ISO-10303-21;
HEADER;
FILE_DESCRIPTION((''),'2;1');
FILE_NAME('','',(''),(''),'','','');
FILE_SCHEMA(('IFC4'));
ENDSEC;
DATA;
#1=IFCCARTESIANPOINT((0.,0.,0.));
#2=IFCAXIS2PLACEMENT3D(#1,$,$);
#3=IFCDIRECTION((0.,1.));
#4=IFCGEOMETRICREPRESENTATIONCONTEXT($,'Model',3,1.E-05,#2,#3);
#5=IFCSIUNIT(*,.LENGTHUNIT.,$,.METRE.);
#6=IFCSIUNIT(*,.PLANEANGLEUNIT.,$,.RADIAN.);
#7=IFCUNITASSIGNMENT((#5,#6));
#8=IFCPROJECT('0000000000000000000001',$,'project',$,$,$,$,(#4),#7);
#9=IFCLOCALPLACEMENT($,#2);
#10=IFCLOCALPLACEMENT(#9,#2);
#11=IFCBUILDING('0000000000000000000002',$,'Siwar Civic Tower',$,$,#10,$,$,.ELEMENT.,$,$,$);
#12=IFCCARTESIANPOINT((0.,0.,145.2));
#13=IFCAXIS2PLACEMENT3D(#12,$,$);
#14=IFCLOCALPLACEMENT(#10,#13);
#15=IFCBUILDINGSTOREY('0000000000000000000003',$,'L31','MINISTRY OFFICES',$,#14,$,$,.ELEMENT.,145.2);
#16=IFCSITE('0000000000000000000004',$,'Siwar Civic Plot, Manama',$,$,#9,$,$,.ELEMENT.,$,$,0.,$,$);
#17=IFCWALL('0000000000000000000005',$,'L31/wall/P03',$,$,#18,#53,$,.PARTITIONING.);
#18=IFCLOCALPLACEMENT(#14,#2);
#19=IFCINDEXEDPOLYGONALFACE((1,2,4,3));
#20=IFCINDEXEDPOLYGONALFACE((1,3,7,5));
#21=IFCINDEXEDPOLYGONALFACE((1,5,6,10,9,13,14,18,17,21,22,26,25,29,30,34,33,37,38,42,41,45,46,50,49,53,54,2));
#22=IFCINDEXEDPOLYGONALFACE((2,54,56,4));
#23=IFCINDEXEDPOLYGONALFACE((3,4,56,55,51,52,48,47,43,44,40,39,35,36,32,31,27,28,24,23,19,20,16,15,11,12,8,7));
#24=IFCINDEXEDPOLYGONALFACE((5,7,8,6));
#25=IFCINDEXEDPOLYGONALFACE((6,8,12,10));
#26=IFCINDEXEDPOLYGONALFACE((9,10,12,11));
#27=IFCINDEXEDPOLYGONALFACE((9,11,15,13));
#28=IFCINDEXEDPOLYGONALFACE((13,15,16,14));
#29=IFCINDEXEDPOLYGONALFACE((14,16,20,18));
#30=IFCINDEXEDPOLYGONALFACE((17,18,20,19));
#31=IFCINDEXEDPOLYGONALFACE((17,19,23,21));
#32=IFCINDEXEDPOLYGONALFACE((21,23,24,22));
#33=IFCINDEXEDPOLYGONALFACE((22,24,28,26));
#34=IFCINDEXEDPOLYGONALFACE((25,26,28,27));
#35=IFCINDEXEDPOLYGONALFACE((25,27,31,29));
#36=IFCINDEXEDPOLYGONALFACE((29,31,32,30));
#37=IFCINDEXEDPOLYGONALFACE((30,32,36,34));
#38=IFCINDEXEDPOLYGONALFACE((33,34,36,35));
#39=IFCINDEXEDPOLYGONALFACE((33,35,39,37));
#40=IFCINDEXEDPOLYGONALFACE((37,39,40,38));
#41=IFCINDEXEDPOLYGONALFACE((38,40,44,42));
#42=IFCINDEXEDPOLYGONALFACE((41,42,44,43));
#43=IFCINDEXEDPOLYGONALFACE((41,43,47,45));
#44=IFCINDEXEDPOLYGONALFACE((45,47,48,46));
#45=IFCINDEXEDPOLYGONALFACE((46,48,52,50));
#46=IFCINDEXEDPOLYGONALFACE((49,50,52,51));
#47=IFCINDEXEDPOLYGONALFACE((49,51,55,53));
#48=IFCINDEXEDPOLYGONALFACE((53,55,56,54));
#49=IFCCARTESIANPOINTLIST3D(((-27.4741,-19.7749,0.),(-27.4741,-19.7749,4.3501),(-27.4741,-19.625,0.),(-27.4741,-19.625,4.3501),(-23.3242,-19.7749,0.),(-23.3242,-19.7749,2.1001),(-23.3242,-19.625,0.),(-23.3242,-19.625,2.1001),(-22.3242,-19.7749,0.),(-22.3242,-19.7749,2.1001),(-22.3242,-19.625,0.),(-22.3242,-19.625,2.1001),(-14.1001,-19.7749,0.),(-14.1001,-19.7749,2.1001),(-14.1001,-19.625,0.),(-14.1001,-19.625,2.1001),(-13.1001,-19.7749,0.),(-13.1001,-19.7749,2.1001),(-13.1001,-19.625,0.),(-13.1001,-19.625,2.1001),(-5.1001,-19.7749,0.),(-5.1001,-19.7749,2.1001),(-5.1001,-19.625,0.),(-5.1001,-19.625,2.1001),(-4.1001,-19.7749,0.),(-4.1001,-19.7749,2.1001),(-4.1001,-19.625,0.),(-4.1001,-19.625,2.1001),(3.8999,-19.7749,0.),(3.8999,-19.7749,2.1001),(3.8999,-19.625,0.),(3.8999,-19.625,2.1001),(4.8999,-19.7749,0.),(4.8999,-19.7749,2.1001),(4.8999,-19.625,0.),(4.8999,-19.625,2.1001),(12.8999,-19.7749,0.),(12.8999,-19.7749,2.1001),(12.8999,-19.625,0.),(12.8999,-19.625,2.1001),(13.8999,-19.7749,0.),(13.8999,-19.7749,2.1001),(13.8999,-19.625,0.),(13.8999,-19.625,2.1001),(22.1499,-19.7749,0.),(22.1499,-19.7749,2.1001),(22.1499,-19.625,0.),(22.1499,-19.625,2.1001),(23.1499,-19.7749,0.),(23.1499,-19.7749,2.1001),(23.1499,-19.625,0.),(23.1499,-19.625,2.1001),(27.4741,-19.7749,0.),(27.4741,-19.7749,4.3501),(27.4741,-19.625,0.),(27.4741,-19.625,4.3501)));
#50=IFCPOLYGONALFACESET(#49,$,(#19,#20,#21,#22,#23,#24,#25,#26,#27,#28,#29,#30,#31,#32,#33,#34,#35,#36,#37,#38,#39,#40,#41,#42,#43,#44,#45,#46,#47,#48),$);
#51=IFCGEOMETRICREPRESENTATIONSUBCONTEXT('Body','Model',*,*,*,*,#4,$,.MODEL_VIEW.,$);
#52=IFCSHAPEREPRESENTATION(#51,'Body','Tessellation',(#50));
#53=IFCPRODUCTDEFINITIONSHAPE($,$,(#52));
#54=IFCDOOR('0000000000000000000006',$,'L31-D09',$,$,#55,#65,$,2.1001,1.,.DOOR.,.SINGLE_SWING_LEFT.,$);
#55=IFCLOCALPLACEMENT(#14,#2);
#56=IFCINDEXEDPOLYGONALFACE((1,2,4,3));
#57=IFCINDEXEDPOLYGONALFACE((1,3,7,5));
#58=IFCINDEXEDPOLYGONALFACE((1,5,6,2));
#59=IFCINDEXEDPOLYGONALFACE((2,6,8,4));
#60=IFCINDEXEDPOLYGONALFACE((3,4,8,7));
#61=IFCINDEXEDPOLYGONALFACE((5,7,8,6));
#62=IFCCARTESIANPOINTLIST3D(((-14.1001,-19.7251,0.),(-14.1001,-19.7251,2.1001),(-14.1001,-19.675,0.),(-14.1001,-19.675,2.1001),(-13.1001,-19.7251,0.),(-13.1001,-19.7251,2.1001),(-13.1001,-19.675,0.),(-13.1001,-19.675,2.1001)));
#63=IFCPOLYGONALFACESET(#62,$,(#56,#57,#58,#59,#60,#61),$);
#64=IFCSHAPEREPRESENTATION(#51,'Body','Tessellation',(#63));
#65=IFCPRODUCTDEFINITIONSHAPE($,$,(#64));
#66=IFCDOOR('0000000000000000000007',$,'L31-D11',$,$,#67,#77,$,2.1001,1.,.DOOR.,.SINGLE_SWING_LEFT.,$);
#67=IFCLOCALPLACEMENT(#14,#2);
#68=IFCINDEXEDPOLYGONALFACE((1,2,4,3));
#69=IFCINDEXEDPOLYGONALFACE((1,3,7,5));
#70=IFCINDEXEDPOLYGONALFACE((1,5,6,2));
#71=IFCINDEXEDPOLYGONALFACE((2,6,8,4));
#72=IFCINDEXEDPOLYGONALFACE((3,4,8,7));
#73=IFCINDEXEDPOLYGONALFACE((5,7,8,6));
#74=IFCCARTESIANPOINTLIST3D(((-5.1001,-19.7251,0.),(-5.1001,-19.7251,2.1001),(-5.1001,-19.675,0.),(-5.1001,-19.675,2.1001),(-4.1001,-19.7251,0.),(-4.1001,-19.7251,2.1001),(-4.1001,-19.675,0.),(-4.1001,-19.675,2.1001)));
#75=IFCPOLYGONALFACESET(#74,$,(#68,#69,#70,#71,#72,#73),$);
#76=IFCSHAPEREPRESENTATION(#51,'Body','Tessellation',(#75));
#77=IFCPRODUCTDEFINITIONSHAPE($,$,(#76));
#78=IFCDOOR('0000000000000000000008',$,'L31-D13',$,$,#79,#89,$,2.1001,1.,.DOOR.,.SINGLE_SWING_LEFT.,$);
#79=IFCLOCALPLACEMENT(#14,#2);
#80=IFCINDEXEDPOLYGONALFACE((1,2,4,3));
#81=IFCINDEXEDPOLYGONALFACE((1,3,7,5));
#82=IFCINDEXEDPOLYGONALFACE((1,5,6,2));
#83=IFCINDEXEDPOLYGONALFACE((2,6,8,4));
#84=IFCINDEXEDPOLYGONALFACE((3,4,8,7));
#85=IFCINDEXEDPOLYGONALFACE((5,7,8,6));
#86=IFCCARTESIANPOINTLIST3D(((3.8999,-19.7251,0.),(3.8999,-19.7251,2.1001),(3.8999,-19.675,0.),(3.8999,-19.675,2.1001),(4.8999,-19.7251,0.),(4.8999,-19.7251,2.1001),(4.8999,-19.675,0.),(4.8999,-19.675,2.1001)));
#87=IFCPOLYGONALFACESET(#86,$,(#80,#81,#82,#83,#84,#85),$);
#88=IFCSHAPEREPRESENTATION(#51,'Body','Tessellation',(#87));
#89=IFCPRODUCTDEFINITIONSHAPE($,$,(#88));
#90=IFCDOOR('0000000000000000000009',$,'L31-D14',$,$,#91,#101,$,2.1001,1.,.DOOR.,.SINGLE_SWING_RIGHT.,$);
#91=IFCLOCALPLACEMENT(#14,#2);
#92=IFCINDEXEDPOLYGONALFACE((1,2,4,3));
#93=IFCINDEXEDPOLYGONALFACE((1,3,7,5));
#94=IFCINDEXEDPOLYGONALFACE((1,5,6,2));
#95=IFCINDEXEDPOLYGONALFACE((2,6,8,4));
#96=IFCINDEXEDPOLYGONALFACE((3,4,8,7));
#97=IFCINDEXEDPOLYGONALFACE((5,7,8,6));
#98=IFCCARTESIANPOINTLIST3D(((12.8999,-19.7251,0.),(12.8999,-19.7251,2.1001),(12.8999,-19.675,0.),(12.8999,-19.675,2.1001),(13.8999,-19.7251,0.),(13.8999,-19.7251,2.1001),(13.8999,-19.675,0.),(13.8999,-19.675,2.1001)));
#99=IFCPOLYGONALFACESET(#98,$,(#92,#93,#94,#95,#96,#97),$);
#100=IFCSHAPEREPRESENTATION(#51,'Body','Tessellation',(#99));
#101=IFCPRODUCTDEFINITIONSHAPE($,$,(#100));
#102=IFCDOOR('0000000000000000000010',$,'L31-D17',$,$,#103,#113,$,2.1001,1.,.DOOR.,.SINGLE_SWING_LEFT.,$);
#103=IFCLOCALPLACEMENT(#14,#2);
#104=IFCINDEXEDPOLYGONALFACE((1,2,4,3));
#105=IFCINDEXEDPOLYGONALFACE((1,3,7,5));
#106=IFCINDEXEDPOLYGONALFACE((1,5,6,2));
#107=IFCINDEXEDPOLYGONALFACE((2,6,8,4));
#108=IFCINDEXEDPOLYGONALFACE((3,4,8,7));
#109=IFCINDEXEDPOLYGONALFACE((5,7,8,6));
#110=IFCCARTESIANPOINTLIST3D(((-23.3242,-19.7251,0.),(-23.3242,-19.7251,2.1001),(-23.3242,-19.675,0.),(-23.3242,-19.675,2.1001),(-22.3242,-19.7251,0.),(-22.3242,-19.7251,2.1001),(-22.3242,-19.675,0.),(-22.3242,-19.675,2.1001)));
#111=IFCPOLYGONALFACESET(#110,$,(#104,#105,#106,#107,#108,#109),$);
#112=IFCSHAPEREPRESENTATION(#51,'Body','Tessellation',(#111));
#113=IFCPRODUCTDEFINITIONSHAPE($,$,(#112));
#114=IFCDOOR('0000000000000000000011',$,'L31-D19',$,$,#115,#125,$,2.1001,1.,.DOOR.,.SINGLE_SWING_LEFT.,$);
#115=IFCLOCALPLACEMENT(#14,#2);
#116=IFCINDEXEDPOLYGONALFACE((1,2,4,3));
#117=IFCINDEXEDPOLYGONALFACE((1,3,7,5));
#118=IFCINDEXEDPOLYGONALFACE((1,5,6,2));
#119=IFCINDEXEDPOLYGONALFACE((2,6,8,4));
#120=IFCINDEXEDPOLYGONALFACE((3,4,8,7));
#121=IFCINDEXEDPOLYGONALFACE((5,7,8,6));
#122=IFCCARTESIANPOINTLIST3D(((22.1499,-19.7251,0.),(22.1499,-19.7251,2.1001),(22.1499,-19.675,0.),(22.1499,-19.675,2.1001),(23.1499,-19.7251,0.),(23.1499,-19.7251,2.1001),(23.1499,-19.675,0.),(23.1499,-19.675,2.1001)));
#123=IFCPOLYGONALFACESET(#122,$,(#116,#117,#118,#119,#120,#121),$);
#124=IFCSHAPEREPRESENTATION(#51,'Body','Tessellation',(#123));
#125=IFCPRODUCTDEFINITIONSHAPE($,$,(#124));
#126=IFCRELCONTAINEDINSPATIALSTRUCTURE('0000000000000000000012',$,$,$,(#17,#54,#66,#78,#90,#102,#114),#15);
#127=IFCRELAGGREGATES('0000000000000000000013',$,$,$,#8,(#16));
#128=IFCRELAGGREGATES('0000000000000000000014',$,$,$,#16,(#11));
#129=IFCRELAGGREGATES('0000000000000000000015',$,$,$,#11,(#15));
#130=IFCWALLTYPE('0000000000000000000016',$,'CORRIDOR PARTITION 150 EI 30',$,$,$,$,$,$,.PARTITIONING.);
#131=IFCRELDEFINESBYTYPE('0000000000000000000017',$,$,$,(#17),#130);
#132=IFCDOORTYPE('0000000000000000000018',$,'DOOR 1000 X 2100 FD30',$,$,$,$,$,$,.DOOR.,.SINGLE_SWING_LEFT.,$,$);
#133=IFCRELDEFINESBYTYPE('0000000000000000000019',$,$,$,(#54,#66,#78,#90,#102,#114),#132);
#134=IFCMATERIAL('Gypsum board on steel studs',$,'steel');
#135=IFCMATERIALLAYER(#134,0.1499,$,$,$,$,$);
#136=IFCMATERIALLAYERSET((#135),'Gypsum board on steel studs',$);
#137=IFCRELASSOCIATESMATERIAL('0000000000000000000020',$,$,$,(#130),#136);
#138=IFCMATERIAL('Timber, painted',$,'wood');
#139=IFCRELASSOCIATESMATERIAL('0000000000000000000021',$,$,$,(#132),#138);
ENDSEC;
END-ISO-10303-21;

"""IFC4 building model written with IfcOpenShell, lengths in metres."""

from ifc_helpers import new_model, si_unit, direction, frame, frame_2d, origin, place, context, subcontext, project, spatial, rectangle, extrude, material, layer, layer_set, type_object, element, fill, save


model = new_model("IFC4")

# Units and contexts
model_context = context("Model", 3, precision=1e-05, world=origin(), true_north=direction((0.0, 1.0)))
body_context = subcontext(model_context, "Body", "Model", "MODEL_VIEW")
ifc_project = project(units=[si_unit("LENGTHUNIT", "METRE"), si_unit("PLANEANGLEUNIT", "RADIAN")], contexts=[model_context])

# Site, building, storey
site_placement = place(None, origin())
site = spatial("IfcSite", under=ifc_project, at=site_placement, Name="Siwar Civic Plot, Manama", CompositionType="ELEMENT", RefElevation=0.0)
building_placement = place(site_placement, origin())
building = spatial("IfcBuilding", under=site, at=building_placement, Name="Siwar Civic Tower", CompositionType="ELEMENT")
storey_placement = place(building_placement, frame((0.0, 0.0, 145.2)))
storey = spatial("IfcBuildingStorey", under=building, at=storey_placement, Name="L31", Description="MINISTRY OFFICES", CompositionType="ELEMENT", Elevation=145.2)

# Wall, openings, doors
ifc_material_1 = material(Name="Gypsum board on steel studs", Category="steel")
ifc_layer_1 = layer(ifc_material_1, 0.1499)
ifc_layer_set_1 = layer_set([ifc_layer_1], Name="Gypsum board on steel studs")
wall_type_1 = type_object("IfcWallType", Name="CORRIDOR PARTITION 150 EI 30", PredefinedType="PARTITIONING", material=ifc_layer_set_1)
wall_1_placement = place(storey_placement, frame((-27.4741, -19.7, 0.0), z_axis=(0.0, 0.0, 1.0), x_axis=(1.0, 0.0, 0.0)))
wall_1 = element("IfcWall", 1, at=wall_1_placement, inside=storey, type_object=wall_type_1, Name="L31/wall/P03", PredefinedType="PARTITIONING", context=body_context, shape_type="SweptSolid", body=[
    extrude(rectangle(XDim=54.9482, YDim=0.1499, at=frame_2d((27.4741, 0.0))), origin(), (0.0, 0.0, 1.0), 4.3501),
])
opening_1_placement = place(wall_1_placement, frame((13.374, 0.0, 0.0)))
opening_1 = element("IfcOpeningElement", 2, at=opening_1_placement, cuts=wall_1, PredefinedType="OPENING", context=body_context, shape_type="SweptSolid", body=[
    extrude(rectangle(XDim=1.0, YDim=2.1001, at=frame_2d((0.5, 1.05))), frame((0.0, 0.085, 0.0), z_axis=(0.0, -1.0, 0.0), x_axis=(1.0, 0.0, 0.0)), (0.0, 0.0, 1.0), 0.1699),
])
opening_2_placement = place(wall_1_placement, frame((22.374, 0.0, 0.0)))
opening_2 = element("IfcOpeningElement", 3, at=opening_2_placement, cuts=wall_1, PredefinedType="OPENING", context=body_context, shape_type="SweptSolid", body=[
    extrude(rectangle(XDim=1.0, YDim=2.1001, at=frame_2d((0.5, 1.05))), frame((0.0, 0.085, 0.0), z_axis=(0.0, -1.0, 0.0), x_axis=(1.0, 0.0, 0.0)), (0.0, 0.0, 1.0), 0.1699),
])
opening_3_placement = place(wall_1_placement, frame((31.374, 0.0, 0.0)))
opening_3 = element("IfcOpeningElement", 4, at=opening_3_placement, cuts=wall_1, PredefinedType="OPENING", context=body_context, shape_type="SweptSolid", body=[
    extrude(rectangle(XDim=1.0, YDim=2.1001, at=frame_2d((0.5, 1.05))), frame((0.0, 0.085, 0.0), z_axis=(0.0, -1.0, 0.0), x_axis=(1.0, 0.0, 0.0)), (0.0, 0.0, 1.0), 0.1699),
])
opening_4_placement = place(wall_1_placement, frame((40.374, 0.0, 0.0)))
opening_4 = element("IfcOpeningElement", 5, at=opening_4_placement, cuts=wall_1, PredefinedType="OPENING", context=body_context, shape_type="SweptSolid", body=[
    extrude(rectangle(XDim=1.0, YDim=2.1001, at=frame_2d((0.5, 1.05))), frame((0.0, 0.085, 0.0), z_axis=(0.0, -1.0, 0.0), x_axis=(1.0, 0.0, 0.0)), (0.0, 0.0, 1.0), 0.1699),
])
opening_5_placement = place(wall_1_placement, frame((4.1499, 0.0, 0.0)))
opening_5 = element("IfcOpeningElement", 6, at=opening_5_placement, cuts=wall_1, PredefinedType="OPENING", context=body_context, shape_type="SweptSolid", body=[
    extrude(rectangle(XDim=1.0, YDim=2.1001, at=frame_2d((0.5, 1.05))), frame((0.0, 0.085, 0.0), z_axis=(0.0, -1.0, 0.0), x_axis=(1.0, 0.0, 0.0)), (0.0, 0.0, 1.0), 0.1699),
])
opening_6_placement = place(wall_1_placement, frame((49.624, 0.0, 0.0)))
opening_6 = element("IfcOpeningElement", 7, at=opening_6_placement, cuts=wall_1, PredefinedType="OPENING", context=body_context, shape_type="SweptSolid", body=[
    extrude(rectangle(XDim=1.0, YDim=2.1001, at=frame_2d((0.5, 1.05))), frame((0.0, 0.085, 0.0), z_axis=(0.0, -1.0, 0.0), x_axis=(1.0, 0.0, 0.0)), (0.0, 0.0, 1.0), 0.1699),
])
ifc_material_2 = material(Name="Timber, painted", Category="wood")
door_type_1 = type_object("IfcDoorType", Name="DOOR 1000 X 2100 FD30", OperationType="SINGLE_SWING_LEFT", PredefinedType="DOOR", material=ifc_material_2)
door_1_placement = place(opening_1_placement, origin())
door_1 = element("IfcDoor", 8, at=door_1_placement, inside=storey, type_object=door_type_1, Name="L31-D09", OperationType="SINGLE_SWING_LEFT", OverallHeight=2.1001, OverallWidth=1.0, PredefinedType="DOOR", context=body_context, shape_type="SweptSolid", body=[
    extrude(rectangle(XDim=1.0, YDim=2.1001, at=frame_2d((0.5, 1.05))), frame((0.0, 0.0249, 0.0), z_axis=(0.0, -1.0, 0.0), x_axis=(1.0, 0.0, 0.0)), (0.0, 0.0, 1.0), 0.05),
])
fill(opening_1, door_1)
door_2_placement = place(opening_2_placement, origin())
door_2 = element("IfcDoor", 9, at=door_2_placement, inside=storey, type_object=door_type_1, Name="L31-D11", OperationType="SINGLE_SWING_LEFT", OverallHeight=2.1001, OverallWidth=1.0, PredefinedType="DOOR", context=body_context, shape_type="SweptSolid", body=[
    extrude(rectangle(XDim=1.0, YDim=2.1001, at=frame_2d((0.5, 1.05))), frame((0.0, 0.0249, 0.0), z_axis=(0.0, -1.0, 0.0), x_axis=(1.0, 0.0, 0.0)), (0.0, 0.0, 1.0), 0.05),
])
fill(opening_2, door_2)
door_3_placement = place(opening_3_placement, origin())
door_3 = element("IfcDoor", 10, at=door_3_placement, inside=storey, type_object=door_type_1, Name="L31-D13", OperationType="SINGLE_SWING_LEFT", OverallHeight=2.1001, OverallWidth=1.0, PredefinedType="DOOR", context=body_context, shape_type="SweptSolid", body=[
    extrude(rectangle(XDim=1.0, YDim=2.1001, at=frame_2d((0.5, 1.05))), frame((0.0, 0.0249, 0.0), z_axis=(0.0, -1.0, 0.0), x_axis=(1.0, 0.0, 0.0)), (0.0, 0.0, 1.0), 0.05),
])
fill(opening_3, door_3)
door_4_placement = place(opening_4_placement, origin())
door_4 = element("IfcDoor", 11, at=door_4_placement, inside=storey, type_object=door_type_1, Name="L31-D14", OperationType="SINGLE_SWING_RIGHT", OverallHeight=2.1001, OverallWidth=1.0, PredefinedType="DOOR", context=body_context, shape_type="SweptSolid", body=[
    extrude(rectangle(XDim=1.0, YDim=2.1001, at=frame_2d((0.5, 1.05))), frame((0.0, 0.0249, 0.0), z_axis=(0.0, -1.0, 0.0), x_axis=(1.0, 0.0, 0.0)), (0.0, 0.0, 1.0), 0.05),
])
fill(opening_4, door_4)
door_5_placement = place(opening_5_placement, origin())
door_5 = element("IfcDoor", 12, at=door_5_placement, inside=storey, type_object=door_type_1, Name="L31-D17", OperationType="SINGLE_SWING_LEFT", OverallHeight=2.1001, OverallWidth=1.0, PredefinedType="DOOR", context=body_context, shape_type="SweptSolid", body=[
    extrude(rectangle(XDim=1.0, YDim=2.1001, at=frame_2d((0.5, 1.05))), frame((0.0, 0.0249, 0.0), z_axis=(0.0, -1.0, 0.0), x_axis=(1.0, 0.0, 0.0)), (0.0, 0.0, 1.0), 0.05),
])
fill(opening_5, door_5)
door_6_placement = place(opening_6_placement, origin())
door_6 = element("IfcDoor", 13, at=door_6_placement, inside=storey, type_object=door_type_1, Name="L31-D19", OperationType="SINGLE_SWING_LEFT", OverallHeight=2.1001, OverallWidth=1.0, PredefinedType="DOOR", context=body_context, shape_type="SweptSolid", body=[
    extrude(rectangle(XDim=1.0, YDim=2.1001, at=frame_2d((0.5, 1.05))), frame((0.0, 0.0249, 0.0), z_axis=(0.0, -1.0, 0.0), x_axis=(1.0, 0.0, 0.0)), (0.0, 0.0, 1.0), 0.05),
])
fill(opening_6, door_6)

save(model, "model.ifc")
